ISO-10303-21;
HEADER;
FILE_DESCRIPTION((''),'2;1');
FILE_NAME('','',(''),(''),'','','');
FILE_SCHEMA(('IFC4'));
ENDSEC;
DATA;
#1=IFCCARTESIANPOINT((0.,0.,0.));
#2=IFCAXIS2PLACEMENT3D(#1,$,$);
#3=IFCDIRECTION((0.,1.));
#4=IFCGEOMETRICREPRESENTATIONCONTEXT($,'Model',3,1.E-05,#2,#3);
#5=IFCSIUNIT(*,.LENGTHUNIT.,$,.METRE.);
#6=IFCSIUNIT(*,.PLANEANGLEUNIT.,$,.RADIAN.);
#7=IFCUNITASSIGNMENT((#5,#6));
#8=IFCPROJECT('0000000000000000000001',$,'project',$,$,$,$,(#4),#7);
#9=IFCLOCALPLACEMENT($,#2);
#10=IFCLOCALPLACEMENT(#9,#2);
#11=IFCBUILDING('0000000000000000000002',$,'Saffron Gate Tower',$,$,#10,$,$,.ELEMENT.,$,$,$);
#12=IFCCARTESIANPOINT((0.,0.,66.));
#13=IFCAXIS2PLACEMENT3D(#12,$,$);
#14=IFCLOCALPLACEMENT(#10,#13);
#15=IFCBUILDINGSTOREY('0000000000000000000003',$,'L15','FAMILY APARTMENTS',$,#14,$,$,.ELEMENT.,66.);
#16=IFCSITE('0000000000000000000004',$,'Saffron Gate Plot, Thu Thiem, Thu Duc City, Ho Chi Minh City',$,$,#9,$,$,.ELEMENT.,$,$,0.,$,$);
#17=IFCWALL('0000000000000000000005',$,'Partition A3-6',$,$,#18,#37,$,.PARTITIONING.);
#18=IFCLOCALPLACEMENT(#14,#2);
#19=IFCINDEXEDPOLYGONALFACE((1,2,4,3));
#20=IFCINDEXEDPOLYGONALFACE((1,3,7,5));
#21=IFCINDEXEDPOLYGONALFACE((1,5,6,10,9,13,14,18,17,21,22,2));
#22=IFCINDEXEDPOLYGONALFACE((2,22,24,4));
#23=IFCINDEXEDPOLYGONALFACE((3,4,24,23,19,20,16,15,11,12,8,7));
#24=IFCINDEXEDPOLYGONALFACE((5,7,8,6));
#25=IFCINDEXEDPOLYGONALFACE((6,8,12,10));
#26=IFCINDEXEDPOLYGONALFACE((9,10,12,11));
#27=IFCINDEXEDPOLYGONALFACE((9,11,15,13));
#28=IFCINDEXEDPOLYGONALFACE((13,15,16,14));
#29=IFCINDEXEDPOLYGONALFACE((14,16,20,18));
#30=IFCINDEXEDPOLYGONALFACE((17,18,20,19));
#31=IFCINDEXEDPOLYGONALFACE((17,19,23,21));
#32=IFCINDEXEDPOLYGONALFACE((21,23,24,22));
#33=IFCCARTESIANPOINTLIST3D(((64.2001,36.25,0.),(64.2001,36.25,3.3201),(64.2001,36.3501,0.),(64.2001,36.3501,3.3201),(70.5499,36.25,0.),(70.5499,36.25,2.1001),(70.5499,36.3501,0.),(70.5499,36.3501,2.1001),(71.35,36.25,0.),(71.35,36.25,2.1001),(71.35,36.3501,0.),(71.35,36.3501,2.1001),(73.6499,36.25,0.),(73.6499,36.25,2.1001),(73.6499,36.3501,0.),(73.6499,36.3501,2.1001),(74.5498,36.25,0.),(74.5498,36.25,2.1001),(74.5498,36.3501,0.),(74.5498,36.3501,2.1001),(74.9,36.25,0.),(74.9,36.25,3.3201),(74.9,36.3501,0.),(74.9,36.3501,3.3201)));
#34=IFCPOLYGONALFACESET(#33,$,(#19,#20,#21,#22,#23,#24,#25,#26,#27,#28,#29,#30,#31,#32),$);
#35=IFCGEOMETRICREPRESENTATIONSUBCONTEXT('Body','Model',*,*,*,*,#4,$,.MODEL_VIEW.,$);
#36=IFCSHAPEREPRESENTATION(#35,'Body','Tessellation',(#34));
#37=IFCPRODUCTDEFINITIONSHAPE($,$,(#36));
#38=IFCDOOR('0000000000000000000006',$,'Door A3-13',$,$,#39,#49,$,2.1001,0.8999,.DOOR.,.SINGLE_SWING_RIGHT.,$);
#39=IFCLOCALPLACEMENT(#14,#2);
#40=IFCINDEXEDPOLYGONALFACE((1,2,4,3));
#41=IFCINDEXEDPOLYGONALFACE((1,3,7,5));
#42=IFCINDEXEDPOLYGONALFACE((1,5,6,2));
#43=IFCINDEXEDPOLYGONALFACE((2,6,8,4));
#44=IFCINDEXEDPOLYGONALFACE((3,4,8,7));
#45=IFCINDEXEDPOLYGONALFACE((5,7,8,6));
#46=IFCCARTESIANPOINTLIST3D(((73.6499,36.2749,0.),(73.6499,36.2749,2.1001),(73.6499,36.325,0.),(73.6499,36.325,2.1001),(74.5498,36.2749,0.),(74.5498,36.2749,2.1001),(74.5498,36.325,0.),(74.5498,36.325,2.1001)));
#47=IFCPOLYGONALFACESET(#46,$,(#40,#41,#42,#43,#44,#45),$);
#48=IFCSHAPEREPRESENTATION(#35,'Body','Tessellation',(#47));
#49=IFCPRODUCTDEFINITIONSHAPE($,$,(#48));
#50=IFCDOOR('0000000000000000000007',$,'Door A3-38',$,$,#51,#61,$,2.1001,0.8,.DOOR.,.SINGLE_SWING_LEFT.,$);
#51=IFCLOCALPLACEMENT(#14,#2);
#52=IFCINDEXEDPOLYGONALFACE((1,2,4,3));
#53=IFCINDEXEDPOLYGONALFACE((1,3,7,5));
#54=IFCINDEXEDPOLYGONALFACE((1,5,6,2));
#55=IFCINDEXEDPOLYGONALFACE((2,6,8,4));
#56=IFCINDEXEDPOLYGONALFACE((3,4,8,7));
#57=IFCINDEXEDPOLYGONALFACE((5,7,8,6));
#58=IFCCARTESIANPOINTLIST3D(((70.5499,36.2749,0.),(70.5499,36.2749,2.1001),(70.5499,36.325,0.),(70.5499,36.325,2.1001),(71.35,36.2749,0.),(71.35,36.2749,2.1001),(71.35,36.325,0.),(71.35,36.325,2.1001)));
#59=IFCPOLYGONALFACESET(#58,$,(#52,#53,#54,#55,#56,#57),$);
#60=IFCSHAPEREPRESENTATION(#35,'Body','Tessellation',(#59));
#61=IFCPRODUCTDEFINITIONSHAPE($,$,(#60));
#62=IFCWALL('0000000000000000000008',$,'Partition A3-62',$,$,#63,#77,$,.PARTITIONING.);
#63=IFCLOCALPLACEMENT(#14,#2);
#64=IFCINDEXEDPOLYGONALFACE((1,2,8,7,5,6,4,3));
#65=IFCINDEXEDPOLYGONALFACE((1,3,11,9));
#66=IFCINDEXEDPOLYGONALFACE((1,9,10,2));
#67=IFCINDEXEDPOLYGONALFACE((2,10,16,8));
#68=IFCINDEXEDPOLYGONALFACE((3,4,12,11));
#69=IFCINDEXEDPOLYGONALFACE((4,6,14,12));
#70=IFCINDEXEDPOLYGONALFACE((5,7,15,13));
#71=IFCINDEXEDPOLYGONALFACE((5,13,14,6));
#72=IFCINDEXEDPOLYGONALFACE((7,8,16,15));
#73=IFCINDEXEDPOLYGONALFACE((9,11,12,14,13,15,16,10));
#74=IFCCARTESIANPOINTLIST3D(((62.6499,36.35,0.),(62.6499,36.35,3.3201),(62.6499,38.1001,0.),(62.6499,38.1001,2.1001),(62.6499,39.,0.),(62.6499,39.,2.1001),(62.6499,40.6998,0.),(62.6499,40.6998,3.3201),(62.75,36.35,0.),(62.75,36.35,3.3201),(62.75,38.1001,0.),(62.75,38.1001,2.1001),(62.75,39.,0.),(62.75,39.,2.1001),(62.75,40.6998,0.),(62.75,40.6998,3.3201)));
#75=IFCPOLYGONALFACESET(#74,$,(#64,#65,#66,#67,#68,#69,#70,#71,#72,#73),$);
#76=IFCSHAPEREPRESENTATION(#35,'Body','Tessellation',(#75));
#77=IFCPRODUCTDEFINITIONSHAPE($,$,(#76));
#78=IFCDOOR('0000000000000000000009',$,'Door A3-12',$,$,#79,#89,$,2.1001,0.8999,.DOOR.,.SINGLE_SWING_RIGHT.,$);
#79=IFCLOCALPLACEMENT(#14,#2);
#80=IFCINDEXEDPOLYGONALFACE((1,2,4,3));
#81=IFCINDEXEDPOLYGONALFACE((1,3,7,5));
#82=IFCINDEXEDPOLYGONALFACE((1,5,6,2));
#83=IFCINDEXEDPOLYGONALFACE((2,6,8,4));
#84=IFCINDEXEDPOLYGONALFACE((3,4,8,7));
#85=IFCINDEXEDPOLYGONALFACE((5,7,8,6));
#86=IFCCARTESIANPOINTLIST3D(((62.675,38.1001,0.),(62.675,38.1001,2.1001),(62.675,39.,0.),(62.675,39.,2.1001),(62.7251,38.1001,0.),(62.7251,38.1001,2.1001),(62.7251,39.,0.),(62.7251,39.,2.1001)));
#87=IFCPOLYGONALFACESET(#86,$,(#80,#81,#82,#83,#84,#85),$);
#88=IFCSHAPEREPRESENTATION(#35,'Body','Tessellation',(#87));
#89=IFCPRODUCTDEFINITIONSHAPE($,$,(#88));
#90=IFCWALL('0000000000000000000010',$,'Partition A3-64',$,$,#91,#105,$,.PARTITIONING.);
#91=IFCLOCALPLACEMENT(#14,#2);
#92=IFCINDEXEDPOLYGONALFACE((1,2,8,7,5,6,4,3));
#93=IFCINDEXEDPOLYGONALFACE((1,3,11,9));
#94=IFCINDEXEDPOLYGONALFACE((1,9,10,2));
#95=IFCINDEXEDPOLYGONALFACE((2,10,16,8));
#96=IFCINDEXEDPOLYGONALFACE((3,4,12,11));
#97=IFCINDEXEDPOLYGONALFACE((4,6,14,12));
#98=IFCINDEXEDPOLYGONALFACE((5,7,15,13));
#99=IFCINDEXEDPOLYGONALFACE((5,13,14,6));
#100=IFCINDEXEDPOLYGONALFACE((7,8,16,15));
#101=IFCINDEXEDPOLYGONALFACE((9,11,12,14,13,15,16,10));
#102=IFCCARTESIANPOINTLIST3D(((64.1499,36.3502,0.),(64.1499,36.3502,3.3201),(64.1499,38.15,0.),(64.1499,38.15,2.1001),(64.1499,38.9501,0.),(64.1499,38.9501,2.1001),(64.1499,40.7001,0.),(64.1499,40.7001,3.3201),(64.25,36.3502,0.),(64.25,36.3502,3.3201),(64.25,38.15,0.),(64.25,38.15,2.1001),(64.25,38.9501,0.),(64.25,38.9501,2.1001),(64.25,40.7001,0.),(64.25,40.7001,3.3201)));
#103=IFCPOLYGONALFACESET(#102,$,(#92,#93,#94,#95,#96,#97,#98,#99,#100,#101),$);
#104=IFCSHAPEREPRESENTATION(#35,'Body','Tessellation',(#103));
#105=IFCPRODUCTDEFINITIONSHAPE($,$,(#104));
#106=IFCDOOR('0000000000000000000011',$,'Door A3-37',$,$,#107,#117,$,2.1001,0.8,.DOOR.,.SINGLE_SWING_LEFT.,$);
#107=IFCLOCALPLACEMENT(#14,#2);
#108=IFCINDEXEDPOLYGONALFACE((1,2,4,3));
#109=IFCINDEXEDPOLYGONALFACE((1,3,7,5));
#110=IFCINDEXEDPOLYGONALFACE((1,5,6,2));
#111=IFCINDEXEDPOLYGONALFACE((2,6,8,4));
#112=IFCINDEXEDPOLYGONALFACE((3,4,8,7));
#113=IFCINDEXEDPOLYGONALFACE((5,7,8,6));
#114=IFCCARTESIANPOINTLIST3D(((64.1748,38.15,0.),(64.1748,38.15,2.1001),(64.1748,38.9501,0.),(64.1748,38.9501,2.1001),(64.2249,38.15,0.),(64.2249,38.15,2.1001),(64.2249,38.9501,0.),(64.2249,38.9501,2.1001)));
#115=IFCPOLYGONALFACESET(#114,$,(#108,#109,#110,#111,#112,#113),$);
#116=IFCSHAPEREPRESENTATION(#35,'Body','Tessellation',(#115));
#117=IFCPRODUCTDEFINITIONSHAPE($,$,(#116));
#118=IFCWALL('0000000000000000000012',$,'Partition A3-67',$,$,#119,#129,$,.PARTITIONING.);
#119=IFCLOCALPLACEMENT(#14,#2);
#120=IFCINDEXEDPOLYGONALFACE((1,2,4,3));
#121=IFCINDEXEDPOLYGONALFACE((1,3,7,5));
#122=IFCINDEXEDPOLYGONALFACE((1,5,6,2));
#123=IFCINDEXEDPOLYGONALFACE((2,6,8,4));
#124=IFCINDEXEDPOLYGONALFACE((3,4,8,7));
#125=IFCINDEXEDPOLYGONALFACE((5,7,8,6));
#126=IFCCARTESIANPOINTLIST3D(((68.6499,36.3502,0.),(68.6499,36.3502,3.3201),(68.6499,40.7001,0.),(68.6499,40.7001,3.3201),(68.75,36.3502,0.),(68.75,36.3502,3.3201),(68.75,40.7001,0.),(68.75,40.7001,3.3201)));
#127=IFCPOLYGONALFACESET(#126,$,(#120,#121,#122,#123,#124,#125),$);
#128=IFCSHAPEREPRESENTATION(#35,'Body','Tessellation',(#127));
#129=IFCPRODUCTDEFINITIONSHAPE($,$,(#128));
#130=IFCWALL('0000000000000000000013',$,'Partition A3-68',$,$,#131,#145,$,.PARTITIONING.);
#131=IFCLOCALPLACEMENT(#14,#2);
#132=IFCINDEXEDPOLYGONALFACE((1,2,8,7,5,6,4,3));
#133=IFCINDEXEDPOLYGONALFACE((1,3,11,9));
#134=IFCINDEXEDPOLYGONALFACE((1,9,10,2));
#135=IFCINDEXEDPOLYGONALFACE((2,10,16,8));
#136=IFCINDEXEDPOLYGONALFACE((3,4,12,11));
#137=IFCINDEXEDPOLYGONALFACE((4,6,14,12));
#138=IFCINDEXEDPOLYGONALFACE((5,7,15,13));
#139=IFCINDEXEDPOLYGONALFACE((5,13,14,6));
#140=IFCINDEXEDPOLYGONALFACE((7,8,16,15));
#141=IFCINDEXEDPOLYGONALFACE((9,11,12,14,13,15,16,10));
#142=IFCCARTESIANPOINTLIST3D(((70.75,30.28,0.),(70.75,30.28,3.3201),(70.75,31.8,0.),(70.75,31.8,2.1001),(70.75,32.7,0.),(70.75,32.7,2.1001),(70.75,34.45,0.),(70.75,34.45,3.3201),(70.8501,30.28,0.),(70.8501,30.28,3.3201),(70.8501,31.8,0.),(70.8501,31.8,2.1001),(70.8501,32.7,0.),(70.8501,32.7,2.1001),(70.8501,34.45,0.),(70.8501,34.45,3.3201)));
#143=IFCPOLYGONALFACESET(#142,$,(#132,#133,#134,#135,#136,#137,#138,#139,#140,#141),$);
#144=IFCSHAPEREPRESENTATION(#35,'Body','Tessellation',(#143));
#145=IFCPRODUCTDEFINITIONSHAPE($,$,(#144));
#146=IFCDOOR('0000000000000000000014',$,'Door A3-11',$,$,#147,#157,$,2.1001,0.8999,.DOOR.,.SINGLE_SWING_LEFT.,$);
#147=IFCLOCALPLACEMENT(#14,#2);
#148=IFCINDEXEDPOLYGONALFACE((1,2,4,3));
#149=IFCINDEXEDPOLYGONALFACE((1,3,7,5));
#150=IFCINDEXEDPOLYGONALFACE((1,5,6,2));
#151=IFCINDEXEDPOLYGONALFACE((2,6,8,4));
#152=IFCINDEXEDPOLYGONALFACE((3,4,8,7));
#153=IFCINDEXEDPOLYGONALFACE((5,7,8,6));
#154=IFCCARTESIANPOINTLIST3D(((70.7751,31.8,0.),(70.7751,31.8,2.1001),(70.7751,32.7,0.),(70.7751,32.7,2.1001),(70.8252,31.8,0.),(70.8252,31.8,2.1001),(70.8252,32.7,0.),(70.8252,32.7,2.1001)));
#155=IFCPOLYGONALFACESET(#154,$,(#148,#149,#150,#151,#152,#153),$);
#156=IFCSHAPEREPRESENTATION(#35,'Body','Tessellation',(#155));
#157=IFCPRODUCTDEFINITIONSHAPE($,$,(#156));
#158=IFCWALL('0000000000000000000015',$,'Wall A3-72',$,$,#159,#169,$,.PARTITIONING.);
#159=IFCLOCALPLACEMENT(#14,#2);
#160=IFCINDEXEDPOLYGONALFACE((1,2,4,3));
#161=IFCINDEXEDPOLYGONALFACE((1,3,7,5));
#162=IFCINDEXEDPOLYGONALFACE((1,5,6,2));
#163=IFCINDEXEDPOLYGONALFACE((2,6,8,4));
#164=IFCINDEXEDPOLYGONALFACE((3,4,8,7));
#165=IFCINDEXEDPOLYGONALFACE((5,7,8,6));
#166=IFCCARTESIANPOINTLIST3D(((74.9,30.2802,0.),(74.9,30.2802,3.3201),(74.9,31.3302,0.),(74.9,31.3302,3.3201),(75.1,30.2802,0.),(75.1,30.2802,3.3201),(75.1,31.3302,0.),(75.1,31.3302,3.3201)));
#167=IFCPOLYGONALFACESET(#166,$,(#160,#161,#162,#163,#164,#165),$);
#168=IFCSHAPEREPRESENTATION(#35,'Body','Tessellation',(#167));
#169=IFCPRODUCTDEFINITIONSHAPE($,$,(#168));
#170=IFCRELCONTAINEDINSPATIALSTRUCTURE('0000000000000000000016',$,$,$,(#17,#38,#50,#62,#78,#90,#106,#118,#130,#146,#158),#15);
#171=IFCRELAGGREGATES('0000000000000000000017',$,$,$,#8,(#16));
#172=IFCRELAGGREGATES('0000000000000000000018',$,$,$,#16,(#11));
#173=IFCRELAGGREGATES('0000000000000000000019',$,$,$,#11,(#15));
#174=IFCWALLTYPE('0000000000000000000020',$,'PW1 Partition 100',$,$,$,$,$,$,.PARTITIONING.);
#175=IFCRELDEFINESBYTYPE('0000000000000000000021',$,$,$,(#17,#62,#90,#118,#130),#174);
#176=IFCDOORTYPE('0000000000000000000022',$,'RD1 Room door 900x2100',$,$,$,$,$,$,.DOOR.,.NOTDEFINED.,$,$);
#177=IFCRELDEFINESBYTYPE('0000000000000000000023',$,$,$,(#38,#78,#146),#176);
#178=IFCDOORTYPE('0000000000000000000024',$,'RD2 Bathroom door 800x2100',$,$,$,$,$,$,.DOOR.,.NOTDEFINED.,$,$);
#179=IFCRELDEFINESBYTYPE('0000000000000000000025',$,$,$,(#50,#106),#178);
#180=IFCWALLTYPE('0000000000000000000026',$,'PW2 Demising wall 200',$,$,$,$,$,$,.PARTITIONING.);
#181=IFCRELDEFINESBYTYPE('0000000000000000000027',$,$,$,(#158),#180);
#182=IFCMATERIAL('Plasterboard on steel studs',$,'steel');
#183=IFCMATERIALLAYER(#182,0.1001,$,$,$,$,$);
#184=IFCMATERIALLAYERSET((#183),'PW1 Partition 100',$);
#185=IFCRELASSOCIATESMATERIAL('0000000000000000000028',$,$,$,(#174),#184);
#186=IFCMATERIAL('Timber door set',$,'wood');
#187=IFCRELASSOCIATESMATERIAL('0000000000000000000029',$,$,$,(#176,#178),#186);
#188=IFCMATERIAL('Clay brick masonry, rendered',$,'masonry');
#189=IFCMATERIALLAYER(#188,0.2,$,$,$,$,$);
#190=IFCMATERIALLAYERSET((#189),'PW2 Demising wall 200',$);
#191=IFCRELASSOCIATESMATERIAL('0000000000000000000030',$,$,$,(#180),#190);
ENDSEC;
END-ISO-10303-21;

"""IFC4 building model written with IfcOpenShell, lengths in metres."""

from ifc_helpers import new_model, si_unit, direction, frame, frame_2d, origin, place, context, subcontext, project, spatial, rectangle, extrude, material, layer, layer_set, type_object, element, fill, save


model = new_model("IFC4")

# Units and contexts
model_context = context("Model", 3, precision=1e-05, world=origin(), true_north=direction((0.0, 1.0)))
body_context = subcontext(model_context, "Body", "Model", "MODEL_VIEW")
ifc_project = project(units=[si_unit("LENGTHUNIT", "METRE"), si_unit("PLANEANGLEUNIT", "RADIAN")], contexts=[model_context])

# Site, building, storey
site_placement = place(None, origin())
site = spatial("IfcSite", under=ifc_project, at=site_placement, Name="Saffron Gate Plot, Thu Thiem, Thu Duc City, Ho Chi Minh City", CompositionType="ELEMENT", RefElevation=0.0)
building_placement = place(site_placement, origin())
building = spatial("IfcBuilding", under=site, at=building_placement, Name="Saffron Gate Tower", CompositionType="ELEMENT")
storey_placement = place(building_placement, frame((0.0, 0.0, 66.0)))
storey = spatial("IfcBuildingStorey", under=building, at=storey_placement, Name="L15", Description="FAMILY APARTMENTS", CompositionType="ELEMENT", Elevation=66.0)

# Wall, openings, doors
ifc_material_1 = material(Name="Plasterboard on steel studs", Category="steel")
ifc_layer_1 = layer(ifc_material_1, 0.1001)
ifc_layer_set_1 = layer_set([ifc_layer_1], Name="PW1 Partition 100")
wall_type_1 = type_object("IfcWallType", Name="PW1 Partition 100", PredefinedType="PARTITIONING", material=ifc_layer_set_1)
ifc_material_2 = material(Name="Timber door set", Category="wood")
door_type_1 = type_object("IfcDoorType", Name="RD1 Room door 900x2100", OperationType="NOTDEFINED", PredefinedType="DOOR", material=ifc_material_2)
wall_1_placement = place(storey_placement, frame((64.2, 36.3, 0.0), z_axis=(0.0, 0.0, 1.0), x_axis=(1.0, 0.0, 0.0)))
wall_1 = element("IfcWall", 1, at=wall_1_placement, inside=storey, type_object=wall_type_1, Name="Partition A3-6", PredefinedType="PARTITIONING", context=body_context, shape_type="SweptSolid", body=[
    extrude(rectangle(XDim=10.7, YDim=0.1001, at=frame_2d((5.3501, 0.0))), origin(), (0.0, 0.0, 1.0), 3.3201),
])
opening_1_placement = place(wall_1_placement, frame((6.3501, 0.0, 0.0)))
opening_1 = element("IfcOpeningElement", 2, at=opening_1_placement, cuts=wall_1, PredefinedType="OPENING", context=body_context, shape_type="SweptSolid", body=[
    extrude(rectangle(XDim=0.8, YDim=2.1001, at=frame_2d((0.3999, 1.05))), frame((0.0, 0.0601, 0.0), z_axis=(0.0, -1.0, 0.0), x_axis=(1.0, 0.0, 0.0)), (0.0, 0.0, 1.0), 0.1201),
])
opening_2_placement = place(wall_1_placement, frame((9.45, 0.0, 0.0)))
opening_2 = element("IfcOpeningElement", 3, at=opening_2_placement, cuts=wall_1, PredefinedType="OPENING", context=body_context, shape_type="SweptSolid", body=[
    extrude(rectangle(XDim=0.8999, YDim=2.1001, at=frame_2d((0.45, 1.05))), frame((0.0, 0.0601, 0.0), z_axis=(0.0, -1.0, 0.0), x_axis=(1.0, 0.0, 0.0)), (0.0, 0.0, 1.0), 0.1201),
])
door_1_placement = place(opening_2_placement, origin())
door_1 = element("IfcDoor", 4, at=door_1_placement, inside=storey, type_object=door_type_1, Name="Door A3-13", OperationType="SINGLE_SWING_RIGHT", OverallHeight=2.1001, OverallWidth=0.8999, PredefinedType="DOOR", context=body_context, shape_type="SweptSolid", body=[
    extrude(rectangle(XDim=0.8999, YDim=2.1001, at=frame_2d((0.45, 1.05))), frame((0.0, 0.0249, 0.0), z_axis=(0.0, -1.0, 0.0), x_axis=(1.0, 0.0, 0.0)), (0.0, 0.0, 1.0), 0.05),
])
fill(opening_2, door_1)
door_type_2 = type_object("IfcDoorType", Name="RD2 Bathroom door 800x2100", OperationType="NOTDEFINED", PredefinedType="DOOR", material=ifc_material_2)
door_2_placement = place(opening_1_placement, origin())
door_2 = element("IfcDoor", 5, at=door_2_placement, inside=storey, type_object=door_type_2, Name="Door A3-38", OperationType="SINGLE_SWING_LEFT", OverallHeight=2.1001, OverallWidth=0.8, PredefinedType="DOOR", context=body_context, shape_type="SweptSolid", body=[
    extrude(rectangle(XDim=0.8, YDim=2.1001, at=frame_2d((0.3999, 1.05))), frame((0.0, 0.0249, 0.0), z_axis=(0.0, -1.0, 0.0), x_axis=(1.0, 0.0, 0.0)), (0.0, 0.0, 1.0), 0.05),
])
fill(opening_1, door_2)

# Walls, openings, doors
wall_2_placement = place(storey_placement, frame((62.7, 36.3501, 0.0), z_axis=(0.0, 0.0, 1.0), x_axis=(0.0, 1.0, 0.0)))
wall_2 = element("IfcWall", 6, at=wall_2_placement, inside=storey, type_object=wall_type_1, Name="Partition A3-62", PredefinedType="PARTITIONING", context=body_context, shape_type="SweptSolid", body=[
    extrude(rectangle(XDim=4.3499, YDim=0.1001, at=frame_2d((2.1748, 0.0))), origin(), (0.0, 0.0, 1.0), 3.3201),
])
opening_3_placement = place(wall_2_placement, frame((1.75, 0.0, 0.0)))
opening_3 = element("IfcOpeningElement", 7, at=opening_3_placement, cuts=wall_2, PredefinedType="OPENING", context=body_context, shape_type="SweptSolid", body=[
    extrude(rectangle(XDim=0.8999, YDim=2.1001, at=frame_2d((0.45, 1.05))), frame((0.0, 0.0601, 0.0), z_axis=(0.0, -1.0, 0.0), x_axis=(1.0, 0.0, 0.0)), (0.0, 0.0, 1.0), 0.1201),
])
door_3_placement = place(opening_3_placement, origin())
door_3 = element("IfcDoor", 8, at=door_3_placement, inside=storey, type_object=door_type_1, Name="Door A3-12", OperationType="SINGLE_SWING_RIGHT", OverallHeight=2.1001, OverallWidth=0.8999, PredefinedType="DOOR", context=body_context, shape_type="SweptSolid", body=[
    extrude(rectangle(XDim=0.8999, YDim=2.1001, at=frame_2d((0.45, 1.05))), frame((0.0, 0.0249, 0.0), z_axis=(0.0, -1.0, 0.0), x_axis=(1.0, 0.0, 0.0)), (0.0, 0.0, 1.0), 0.05),
])
fill(opening_3, door_3)
wall_3_placement = place(storey_placement, frame((64.2, 40.7, 0.0), z_axis=(0.0, 0.0, 1.0), x_axis=(0.0, -1.0, 0.0)))
wall_3 = element("IfcWall", 9, at=wall_3_placement, inside=storey, type_object=wall_type_1, Name="Partition A3-64", PredefinedType="PARTITIONING", context=body_context, shape_type="SweptSolid", body=[
    extrude(rectangle(XDim=4.3499, YDim=0.1001, at=frame_2d((2.1748, 0.0))), origin(), (0.0, 0.0, 1.0), 3.3201),
])
opening_4_placement = place(wall_3_placement, frame((1.75, 0.0, 0.0)))
opening_4 = element("IfcOpeningElement", 10, at=opening_4_placement, cuts=wall_3, PredefinedType="OPENING", context=body_context, shape_type="SweptSolid", body=[
    extrude(rectangle(XDim=0.8, YDim=2.1001, at=frame_2d((0.3999, 1.05))), frame((0.0, 0.0601, 0.0), z_axis=(0.0, -1.0, 0.0), x_axis=(1.0, 0.0, 0.0)), (0.0, 0.0, 1.0), 0.1201),
])
door_4_placement = place(opening_4_placement, origin())
door_4 = element("IfcDoor", 11, at=door_4_placement, inside=storey, type_object=door_type_2, Name="Door A3-37", OperationType="SINGLE_SWING_LEFT", OverallHeight=2.1001, OverallWidth=0.8, PredefinedType="DOOR", context=body_context, shape_type="SweptSolid", body=[
    extrude(rectangle(XDim=0.8, YDim=2.1001, at=frame_2d((0.3999, 1.05))), frame((0.0, 0.0249, 0.0), z_axis=(0.0, -1.0, 0.0), x_axis=(1.0, 0.0, 0.0)), (0.0, 0.0, 1.0), 0.05),
])
fill(opening_4, door_4)

# Wall
wall_4_placement = place(storey_placement, frame((68.7, 40.7, 0.0), z_axis=(0.0, 0.0, 1.0), x_axis=(0.0, -1.0, 0.0)))
element("IfcWall", 12, at=wall_4_placement, inside=storey, type_object=wall_type_1, Name="Partition A3-67", PredefinedType="PARTITIONING", context=body_context, shape_type="SweptSolid", body=[
    extrude(rectangle(XDim=4.3499, YDim=0.1001, at=frame_2d((2.1748, 0.0))), origin(), (0.0, 0.0, 1.0), 3.3201),
])

# Wall, opening, door
wall_5_placement = place(storey_placement, frame((70.8, 30.28, 0.0), z_axis=(0.0, 0.0, 1.0), x_axis=(0.0, 1.0, 0.0)))
wall_5 = element("IfcWall", 13, at=wall_5_placement, inside=storey, type_object=wall_type_1, Name="Partition A3-68", PredefinedType="PARTITIONING", context=body_context, shape_type="SweptSolid", body=[
    extrude(rectangle(XDim=4.1699, YDim=0.1001, at=frame_2d((2.085, 0.0))), origin(), (0.0, 0.0, 1.0), 3.3201),
])
opening_5_placement = place(wall_5_placement, frame((1.52, 0.0, 0.0)))
opening_5 = element("IfcOpeningElement", 14, at=opening_5_placement, cuts=wall_5, PredefinedType="OPENING", context=body_context, shape_type="SweptSolid", body=[
    extrude(rectangle(XDim=0.8999, YDim=2.1001, at=frame_2d((0.45, 1.05))), frame((0.0, 0.0601, 0.0), z_axis=(0.0, -1.0, 0.0), x_axis=(1.0, 0.0, 0.0)), (0.0, 0.0, 1.0), 0.1201),
])
door_5_placement = place(opening_5_placement, origin())
door_5 = element("IfcDoor", 15, at=door_5_placement, inside=storey, type_object=door_type_1, Name="Door A3-11", OperationType="SINGLE_SWING_LEFT", OverallHeight=2.1001, OverallWidth=0.8999, PredefinedType="DOOR", context=body_context, shape_type="SweptSolid", body=[
    extrude(rectangle(XDim=0.8999, YDim=2.1001, at=frame_2d((0.45, 1.05))), frame((0.0, 0.0249, 0.0), z_axis=(0.0, -1.0, 0.0), x_axis=(1.0, 0.0, 0.0)), (0.0, 0.0, 1.0), 0.05),
])
fill(opening_5, door_5)

# Wall
ifc_material_3 = material(Name="Clay brick masonry, rendered", Category="masonry")
ifc_layer_2 = layer(ifc_material_3, 0.2)
ifc_layer_set_2 = layer_set([ifc_layer_2], Name="PW2 Demising wall 200")
wall_type_2 = type_object("IfcWallType", Name="PW2 Demising wall 200", PredefinedType="PARTITIONING", material=ifc_layer_set_2)
wall_6_placement = place(storey_placement, frame((75.0, 31.3301, 0.0), z_axis=(0.0, 0.0, 1.0), x_axis=(0.0, -1.0, 0.0)))
element("IfcWall", 16, at=wall_6_placement, inside=storey, type_object=wall_type_2, Name="Wall A3-72", PredefinedType="PARTITIONING", context=body_context, shape_type="SweptSolid", body=[
    extrude(rectangle(XDim=1.05, YDim=0.2, at=frame_2d((0.5249, 0.0))), origin(), (0.0, 0.0, 1.0), 3.3201),
])

save(model, "model.ifc")
